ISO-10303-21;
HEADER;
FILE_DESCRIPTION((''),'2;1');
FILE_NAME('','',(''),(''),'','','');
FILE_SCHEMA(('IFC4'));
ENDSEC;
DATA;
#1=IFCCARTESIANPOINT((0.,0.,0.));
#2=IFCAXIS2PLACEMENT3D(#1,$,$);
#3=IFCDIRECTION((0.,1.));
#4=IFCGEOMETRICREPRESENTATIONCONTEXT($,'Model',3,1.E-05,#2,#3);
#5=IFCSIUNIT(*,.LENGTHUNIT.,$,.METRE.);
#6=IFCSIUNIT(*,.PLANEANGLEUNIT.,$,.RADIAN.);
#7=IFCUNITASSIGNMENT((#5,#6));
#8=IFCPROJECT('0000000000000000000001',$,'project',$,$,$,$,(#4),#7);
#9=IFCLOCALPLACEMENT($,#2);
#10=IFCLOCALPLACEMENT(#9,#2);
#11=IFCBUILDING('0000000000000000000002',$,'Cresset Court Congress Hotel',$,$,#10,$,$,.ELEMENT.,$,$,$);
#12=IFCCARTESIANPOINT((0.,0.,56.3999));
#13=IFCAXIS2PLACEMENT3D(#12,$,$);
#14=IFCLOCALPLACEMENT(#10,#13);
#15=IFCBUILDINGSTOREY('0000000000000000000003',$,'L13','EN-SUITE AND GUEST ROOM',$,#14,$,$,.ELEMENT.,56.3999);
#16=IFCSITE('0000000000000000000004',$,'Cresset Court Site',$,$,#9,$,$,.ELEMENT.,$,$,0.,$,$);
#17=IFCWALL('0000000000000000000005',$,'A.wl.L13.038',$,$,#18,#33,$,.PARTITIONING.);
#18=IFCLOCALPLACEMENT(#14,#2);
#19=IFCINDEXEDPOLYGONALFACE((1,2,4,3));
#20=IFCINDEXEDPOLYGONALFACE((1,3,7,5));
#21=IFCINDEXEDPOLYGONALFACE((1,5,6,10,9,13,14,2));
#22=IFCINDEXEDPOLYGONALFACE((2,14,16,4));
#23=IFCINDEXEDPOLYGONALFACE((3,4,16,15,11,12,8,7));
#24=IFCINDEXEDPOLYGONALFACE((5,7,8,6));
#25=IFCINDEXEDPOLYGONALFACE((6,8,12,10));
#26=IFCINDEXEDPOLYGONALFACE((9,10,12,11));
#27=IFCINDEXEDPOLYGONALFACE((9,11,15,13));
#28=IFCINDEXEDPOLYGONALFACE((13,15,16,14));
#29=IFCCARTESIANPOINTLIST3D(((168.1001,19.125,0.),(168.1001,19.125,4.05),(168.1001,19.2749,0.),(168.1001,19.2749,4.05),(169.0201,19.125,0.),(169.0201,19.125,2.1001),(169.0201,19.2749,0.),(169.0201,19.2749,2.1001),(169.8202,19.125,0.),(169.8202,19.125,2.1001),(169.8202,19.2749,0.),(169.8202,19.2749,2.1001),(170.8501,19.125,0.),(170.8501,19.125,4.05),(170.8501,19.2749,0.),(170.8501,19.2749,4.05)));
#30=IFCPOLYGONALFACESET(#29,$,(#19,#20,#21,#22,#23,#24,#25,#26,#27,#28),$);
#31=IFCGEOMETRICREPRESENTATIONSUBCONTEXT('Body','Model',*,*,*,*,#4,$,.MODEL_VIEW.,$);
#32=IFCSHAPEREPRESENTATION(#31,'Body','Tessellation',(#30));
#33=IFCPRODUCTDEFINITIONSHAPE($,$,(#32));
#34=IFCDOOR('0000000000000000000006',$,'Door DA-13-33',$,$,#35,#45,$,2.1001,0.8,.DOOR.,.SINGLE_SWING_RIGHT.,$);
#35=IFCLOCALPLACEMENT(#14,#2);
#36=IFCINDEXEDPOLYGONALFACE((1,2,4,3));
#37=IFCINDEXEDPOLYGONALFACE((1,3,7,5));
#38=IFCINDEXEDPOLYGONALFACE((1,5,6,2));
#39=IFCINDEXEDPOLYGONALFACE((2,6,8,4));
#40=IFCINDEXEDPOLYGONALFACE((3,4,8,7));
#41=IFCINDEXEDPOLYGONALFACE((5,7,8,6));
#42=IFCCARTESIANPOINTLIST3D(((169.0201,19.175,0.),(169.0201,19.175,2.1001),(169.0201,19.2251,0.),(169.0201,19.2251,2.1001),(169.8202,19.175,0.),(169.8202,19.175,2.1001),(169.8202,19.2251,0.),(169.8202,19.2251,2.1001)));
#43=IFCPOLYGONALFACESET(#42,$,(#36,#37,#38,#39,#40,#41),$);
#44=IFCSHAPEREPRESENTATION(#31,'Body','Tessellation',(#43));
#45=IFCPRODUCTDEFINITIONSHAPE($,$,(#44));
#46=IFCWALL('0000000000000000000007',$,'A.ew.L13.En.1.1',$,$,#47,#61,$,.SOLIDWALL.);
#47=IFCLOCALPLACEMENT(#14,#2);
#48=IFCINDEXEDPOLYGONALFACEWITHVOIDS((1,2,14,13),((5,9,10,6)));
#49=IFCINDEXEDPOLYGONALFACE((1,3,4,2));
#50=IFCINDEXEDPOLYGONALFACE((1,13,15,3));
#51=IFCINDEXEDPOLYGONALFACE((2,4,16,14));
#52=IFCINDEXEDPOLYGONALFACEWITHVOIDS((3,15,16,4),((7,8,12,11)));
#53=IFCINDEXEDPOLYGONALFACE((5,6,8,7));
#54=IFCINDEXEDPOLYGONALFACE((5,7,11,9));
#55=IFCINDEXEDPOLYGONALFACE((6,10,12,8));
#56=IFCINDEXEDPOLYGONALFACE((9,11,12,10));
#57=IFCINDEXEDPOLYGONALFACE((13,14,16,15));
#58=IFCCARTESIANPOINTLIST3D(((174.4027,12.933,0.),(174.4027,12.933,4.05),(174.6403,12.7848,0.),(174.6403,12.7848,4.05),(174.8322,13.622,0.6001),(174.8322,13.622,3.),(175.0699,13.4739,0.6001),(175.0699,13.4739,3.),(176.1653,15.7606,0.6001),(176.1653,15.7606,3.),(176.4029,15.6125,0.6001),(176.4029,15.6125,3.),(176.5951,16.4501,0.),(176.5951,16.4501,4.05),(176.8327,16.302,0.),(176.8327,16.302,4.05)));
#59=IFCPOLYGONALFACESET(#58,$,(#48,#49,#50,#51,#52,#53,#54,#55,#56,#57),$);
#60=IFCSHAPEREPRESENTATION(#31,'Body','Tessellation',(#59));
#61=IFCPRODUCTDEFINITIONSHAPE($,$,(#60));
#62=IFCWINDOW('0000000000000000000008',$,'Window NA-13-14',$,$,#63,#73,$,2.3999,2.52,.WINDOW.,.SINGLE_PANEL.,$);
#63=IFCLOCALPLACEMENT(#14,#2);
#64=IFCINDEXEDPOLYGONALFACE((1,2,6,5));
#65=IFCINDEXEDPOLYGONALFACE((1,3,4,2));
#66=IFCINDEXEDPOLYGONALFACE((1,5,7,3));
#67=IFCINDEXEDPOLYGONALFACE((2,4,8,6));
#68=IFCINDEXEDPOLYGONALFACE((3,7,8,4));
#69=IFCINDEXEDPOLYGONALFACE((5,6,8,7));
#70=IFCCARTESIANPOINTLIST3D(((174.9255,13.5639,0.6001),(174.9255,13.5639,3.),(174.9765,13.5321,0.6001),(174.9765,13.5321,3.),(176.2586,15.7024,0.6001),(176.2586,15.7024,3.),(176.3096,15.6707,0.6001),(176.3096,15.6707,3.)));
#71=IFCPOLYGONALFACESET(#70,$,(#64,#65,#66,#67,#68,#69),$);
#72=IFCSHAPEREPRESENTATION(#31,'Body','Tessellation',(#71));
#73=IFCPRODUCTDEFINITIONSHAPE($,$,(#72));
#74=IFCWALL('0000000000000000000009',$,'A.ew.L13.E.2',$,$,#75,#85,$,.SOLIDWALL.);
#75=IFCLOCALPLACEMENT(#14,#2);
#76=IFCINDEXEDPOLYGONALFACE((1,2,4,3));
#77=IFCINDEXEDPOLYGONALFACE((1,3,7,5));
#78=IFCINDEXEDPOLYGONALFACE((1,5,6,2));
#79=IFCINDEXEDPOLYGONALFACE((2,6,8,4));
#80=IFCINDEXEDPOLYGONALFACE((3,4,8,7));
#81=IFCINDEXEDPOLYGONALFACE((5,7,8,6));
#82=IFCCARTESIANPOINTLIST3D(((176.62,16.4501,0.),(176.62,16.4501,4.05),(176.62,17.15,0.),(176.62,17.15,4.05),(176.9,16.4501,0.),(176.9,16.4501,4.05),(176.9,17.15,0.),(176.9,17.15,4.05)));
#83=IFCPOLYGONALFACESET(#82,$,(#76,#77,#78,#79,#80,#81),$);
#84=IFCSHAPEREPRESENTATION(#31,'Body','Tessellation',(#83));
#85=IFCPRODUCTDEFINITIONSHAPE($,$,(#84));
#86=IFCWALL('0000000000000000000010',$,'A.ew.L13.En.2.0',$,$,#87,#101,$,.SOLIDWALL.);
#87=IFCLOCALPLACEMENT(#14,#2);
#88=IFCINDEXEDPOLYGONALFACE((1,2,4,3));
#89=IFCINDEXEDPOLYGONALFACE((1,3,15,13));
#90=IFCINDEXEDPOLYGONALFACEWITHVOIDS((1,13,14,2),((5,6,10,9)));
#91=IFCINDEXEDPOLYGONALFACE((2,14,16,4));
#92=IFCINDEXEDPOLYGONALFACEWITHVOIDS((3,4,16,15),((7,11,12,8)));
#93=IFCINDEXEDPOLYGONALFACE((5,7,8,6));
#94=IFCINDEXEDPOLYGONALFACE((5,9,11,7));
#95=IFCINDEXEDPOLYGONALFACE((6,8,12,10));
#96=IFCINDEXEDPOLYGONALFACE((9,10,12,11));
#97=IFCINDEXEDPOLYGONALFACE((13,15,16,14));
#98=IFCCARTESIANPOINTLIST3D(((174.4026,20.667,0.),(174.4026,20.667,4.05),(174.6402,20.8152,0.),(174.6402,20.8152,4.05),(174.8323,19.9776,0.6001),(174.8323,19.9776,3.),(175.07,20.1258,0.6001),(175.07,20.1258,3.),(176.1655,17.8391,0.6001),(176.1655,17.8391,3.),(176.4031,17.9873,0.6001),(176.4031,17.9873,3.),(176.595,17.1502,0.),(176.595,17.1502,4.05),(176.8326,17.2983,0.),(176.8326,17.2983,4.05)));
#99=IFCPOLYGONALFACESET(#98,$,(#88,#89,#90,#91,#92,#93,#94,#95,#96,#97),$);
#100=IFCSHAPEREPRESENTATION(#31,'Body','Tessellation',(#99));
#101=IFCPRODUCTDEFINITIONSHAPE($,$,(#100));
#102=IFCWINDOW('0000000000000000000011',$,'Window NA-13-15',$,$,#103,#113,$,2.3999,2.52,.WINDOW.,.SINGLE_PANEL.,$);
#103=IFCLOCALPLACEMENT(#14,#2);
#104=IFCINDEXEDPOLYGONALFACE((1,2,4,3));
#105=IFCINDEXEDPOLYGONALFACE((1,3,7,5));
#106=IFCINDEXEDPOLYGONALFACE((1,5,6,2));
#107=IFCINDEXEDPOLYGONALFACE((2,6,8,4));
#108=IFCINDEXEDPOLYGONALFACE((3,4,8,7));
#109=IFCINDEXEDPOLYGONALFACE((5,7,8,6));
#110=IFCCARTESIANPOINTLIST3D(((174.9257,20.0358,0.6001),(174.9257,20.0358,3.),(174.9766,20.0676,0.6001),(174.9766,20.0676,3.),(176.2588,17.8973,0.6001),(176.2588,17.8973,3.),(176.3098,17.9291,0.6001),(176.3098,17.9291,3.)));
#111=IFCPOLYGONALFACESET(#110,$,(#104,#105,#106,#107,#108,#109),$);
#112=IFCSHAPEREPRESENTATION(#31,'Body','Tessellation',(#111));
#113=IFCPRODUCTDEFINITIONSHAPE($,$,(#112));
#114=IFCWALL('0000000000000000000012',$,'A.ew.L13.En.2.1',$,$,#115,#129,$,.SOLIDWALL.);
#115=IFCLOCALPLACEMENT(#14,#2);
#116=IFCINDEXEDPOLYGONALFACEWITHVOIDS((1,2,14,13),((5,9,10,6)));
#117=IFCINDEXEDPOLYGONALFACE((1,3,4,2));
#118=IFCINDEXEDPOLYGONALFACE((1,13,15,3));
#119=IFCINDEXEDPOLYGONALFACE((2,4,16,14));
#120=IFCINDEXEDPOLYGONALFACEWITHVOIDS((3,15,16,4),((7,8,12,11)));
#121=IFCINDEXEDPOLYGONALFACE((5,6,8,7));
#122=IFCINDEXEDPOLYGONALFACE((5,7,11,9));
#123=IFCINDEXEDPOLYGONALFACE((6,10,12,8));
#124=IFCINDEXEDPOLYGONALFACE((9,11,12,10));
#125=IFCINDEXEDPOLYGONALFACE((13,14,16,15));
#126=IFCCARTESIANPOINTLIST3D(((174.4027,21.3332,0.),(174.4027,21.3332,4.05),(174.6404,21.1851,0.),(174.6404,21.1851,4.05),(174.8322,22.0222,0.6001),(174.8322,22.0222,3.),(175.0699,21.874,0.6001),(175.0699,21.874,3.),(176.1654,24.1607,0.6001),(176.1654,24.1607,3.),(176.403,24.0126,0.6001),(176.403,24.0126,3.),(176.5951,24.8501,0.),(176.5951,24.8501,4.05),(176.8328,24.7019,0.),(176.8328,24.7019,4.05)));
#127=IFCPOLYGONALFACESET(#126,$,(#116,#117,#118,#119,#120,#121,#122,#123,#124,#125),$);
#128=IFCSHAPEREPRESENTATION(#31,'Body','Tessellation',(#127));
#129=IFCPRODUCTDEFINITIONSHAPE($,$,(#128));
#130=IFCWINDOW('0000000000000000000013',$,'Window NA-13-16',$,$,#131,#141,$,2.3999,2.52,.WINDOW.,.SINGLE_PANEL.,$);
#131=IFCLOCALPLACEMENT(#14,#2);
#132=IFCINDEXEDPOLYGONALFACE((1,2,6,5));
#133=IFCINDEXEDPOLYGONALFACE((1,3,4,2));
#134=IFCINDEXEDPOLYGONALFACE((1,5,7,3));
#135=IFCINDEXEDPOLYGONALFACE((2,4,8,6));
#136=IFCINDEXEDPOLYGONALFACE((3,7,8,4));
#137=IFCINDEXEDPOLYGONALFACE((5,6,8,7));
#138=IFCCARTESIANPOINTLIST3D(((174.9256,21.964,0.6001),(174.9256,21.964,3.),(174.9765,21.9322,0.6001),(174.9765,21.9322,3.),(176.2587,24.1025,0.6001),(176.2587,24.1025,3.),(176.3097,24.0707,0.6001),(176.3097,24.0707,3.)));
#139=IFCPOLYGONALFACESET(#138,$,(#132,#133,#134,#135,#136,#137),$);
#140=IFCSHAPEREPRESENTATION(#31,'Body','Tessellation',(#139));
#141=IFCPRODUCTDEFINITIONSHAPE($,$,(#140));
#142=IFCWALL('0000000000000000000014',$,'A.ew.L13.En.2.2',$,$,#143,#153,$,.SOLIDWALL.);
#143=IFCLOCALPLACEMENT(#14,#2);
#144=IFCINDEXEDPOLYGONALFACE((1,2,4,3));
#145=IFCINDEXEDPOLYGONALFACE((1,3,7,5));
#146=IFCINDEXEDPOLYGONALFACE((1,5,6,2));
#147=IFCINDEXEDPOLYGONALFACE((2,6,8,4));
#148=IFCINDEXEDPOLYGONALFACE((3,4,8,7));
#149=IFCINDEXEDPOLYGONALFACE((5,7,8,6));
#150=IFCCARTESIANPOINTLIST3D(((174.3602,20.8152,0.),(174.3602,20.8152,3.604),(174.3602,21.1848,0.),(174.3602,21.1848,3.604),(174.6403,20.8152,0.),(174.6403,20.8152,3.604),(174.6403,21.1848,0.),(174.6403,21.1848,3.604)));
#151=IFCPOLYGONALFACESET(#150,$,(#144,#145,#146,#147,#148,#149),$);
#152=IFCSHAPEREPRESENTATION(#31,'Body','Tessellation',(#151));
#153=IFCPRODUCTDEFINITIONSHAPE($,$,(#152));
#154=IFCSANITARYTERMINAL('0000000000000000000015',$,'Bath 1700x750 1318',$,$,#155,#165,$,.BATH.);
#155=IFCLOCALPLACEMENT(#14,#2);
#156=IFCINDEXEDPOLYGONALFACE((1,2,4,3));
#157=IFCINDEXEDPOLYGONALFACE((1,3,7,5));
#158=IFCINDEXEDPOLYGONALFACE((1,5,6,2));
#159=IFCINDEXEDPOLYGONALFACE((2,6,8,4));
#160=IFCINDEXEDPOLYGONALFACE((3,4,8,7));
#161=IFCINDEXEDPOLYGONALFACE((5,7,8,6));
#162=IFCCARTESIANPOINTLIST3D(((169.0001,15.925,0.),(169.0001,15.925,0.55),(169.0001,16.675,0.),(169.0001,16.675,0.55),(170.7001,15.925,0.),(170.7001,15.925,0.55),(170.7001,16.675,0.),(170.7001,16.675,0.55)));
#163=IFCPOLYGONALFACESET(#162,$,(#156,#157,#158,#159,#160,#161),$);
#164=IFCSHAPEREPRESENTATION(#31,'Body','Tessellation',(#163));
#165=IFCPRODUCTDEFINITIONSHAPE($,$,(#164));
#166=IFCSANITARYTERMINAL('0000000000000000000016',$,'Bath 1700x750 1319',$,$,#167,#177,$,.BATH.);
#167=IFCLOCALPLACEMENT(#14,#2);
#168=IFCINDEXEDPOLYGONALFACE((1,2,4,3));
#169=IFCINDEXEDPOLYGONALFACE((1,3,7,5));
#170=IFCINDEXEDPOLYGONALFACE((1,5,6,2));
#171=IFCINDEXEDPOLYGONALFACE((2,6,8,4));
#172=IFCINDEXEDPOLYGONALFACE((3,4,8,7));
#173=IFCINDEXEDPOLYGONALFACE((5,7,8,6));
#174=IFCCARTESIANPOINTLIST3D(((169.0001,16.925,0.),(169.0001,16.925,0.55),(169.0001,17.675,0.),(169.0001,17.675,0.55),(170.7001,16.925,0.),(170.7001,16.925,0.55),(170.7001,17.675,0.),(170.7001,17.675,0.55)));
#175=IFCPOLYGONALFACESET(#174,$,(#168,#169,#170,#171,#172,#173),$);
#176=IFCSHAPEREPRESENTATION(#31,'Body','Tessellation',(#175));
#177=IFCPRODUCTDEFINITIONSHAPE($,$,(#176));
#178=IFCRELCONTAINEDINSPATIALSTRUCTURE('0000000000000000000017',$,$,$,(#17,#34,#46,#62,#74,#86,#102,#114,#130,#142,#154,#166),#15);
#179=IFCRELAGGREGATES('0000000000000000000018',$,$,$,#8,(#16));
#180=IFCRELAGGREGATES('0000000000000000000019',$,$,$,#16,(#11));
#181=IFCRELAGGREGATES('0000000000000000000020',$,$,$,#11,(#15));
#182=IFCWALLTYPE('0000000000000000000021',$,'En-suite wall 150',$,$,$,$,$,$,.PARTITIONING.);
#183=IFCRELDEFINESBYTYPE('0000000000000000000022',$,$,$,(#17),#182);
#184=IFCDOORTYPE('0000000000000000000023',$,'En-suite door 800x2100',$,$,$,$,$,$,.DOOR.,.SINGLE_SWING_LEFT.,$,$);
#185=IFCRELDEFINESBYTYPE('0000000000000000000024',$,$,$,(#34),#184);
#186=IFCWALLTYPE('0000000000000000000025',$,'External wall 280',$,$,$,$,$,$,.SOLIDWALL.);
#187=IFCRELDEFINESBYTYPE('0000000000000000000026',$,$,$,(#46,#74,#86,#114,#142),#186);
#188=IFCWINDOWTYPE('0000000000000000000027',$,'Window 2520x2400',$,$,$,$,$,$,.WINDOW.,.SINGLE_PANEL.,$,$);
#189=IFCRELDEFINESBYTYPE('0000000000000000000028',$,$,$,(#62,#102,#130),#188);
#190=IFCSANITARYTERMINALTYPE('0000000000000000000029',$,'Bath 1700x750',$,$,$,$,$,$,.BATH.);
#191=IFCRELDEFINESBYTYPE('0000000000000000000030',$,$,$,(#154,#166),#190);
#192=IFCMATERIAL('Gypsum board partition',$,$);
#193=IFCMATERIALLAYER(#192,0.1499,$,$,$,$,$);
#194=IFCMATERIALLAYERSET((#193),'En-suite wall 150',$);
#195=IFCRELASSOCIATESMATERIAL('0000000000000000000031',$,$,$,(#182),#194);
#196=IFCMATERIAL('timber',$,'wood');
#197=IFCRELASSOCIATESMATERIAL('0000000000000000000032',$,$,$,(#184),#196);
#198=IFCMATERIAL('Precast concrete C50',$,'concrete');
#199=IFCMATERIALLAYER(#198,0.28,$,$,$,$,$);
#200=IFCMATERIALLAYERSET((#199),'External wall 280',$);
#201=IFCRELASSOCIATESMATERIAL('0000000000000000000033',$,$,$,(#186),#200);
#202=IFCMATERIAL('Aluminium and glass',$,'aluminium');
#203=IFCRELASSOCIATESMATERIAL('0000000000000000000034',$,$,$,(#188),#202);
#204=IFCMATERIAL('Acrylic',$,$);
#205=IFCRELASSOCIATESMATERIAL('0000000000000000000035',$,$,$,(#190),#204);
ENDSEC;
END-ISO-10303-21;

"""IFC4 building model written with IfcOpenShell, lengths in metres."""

from ifc_helpers import new_model, si_unit, direction, frame, frame_2d, origin, origin_2d, place, context, subcontext, project, spatial, rectangle, extrude, material, layer, layer_set, type_object, element, fill, save


model = new_model("IFC4")

# Units and contexts
model_context = context("Model", 3, precision=1e-05, world=origin(), true_north=direction((0.0, 1.0)))
body_context = subcontext(model_context, "Body", "Model", "MODEL_VIEW")
ifc_project = project(units=[si_unit("LENGTHUNIT", "METRE"), si_unit("PLANEANGLEUNIT", "RADIAN")], contexts=[model_context])

# Site, building, storey
site_placement = place(None, origin())
site = spatial("IfcSite", under=ifc_project, at=site_placement, Name="Cresset Court Site", CompositionType="ELEMENT", RefElevation=0.0)
building_placement = place(site_placement, origin())
building = spatial("IfcBuilding", under=site, at=building_placement, Name="Cresset Court Congress Hotel", CompositionType="ELEMENT")
storey_placement = place(building_placement, frame((0.0, 0.0, 56.3999)))
storey = spatial("IfcBuildingStorey", under=building, at=storey_placement, Name="L13", Description="EN-SUITE AND GUEST ROOM", CompositionType="ELEMENT", Elevation=56.3999)

# Shared definitions
ifc_material_1 = material(Name="Gypsum board partition")
ifc_layer_1 = layer(ifc_material_1, 0.1499)
ifc_layer_set_1 = layer_set([ifc_layer_1], Name="En-suite wall 150")
wall_type_1 = type_object("IfcWallType", Name="En-suite wall 150", PredefinedType="PARTITIONING", material=ifc_layer_set_1)

# Shared definitions
ifc_material_2 = material(Name="timber", Category="wood")
door_type = type_object("IfcDoorType", Name="En-suite door 800x2100", OperationType="SINGLE_SWING_LEFT", PredefinedType="DOOR", material=ifc_material_2)

# Wall, opening, door
wall_1_placement = place(storey_placement, frame((170.8501, 19.2, 0.0), z_axis=(0.0, 0.0, 1.0), x_axis=(-1.0, 0.0, 0.0)))
wall_1 = element("IfcWall", 1, at=wall_1_placement, inside=storey, type_object=wall_type_1, Name="A.wl.L13.038", PredefinedType="PARTITIONING", context=body_context, shape_type="SweptSolid", body=[
    extrude(rectangle(XDim=2.75, YDim=0.1499, at=frame_2d((1.375, 0.0))), origin(), (0.0, 0.0, 1.0), 4.05),
])
opening_1_placement = place(wall_1_placement, frame((1.03, 0.0, 0.0)))
opening_1 = element("IfcOpeningElement", 2, at=opening_1_placement, cuts=wall_1, PredefinedType="OPENING", context=body_context, shape_type="SweptSolid", body=[
    extrude(rectangle(XDim=0.8, YDim=2.1001, at=frame_2d((0.3999, 1.05))), frame((0.0, 0.085, 0.0), z_axis=(0.0, -1.0, 0.0), x_axis=(1.0, 0.0, 0.0)), (0.0, 0.0, 1.0), 0.1699),
])
door_1_placement = place(opening_1_placement, origin())
door_1 = element("IfcDoor", 3, at=door_1_placement, inside=storey, type_object=door_type, Name="Door DA-13-33", OperationType="SINGLE_SWING_RIGHT", OverallHeight=2.1001, OverallWidth=0.8, PredefinedType="DOOR", context=body_context, shape_type="SweptSolid", body=[
    extrude(rectangle(XDim=0.8, YDim=2.1001, at=frame_2d((0.3999, 1.05))), frame((0.0, 0.0249, 0.0), z_axis=(0.0, -1.0, 0.0), x_axis=(1.0, 0.0, 0.0)), (0.0, 0.0, 1.0), 0.05),
])
fill(opening_1, door_1)

# Wall, opening, window
ifc_material_3 = material(Name="Precast concrete C50", Category="concrete")
ifc_layer_2 = layer(ifc_material_3, 0.28)
ifc_layer_set_2 = layer_set([ifc_layer_2], Name="External wall 280")
wall_type_2 = type_object("IfcWallType", Name="External wall 280", PredefinedType="SOLIDWALL", material=ifc_layer_set_2)
wall_2_placement = place(storey_placement, frame((174.5215, 12.8589, 0.0), z_axis=(0.0, 0.0, 1.0), x_axis=(0.528993, 0.848626, 0.0)))
wall_2 = element("IfcWall", 4, at=wall_2_placement, inside=storey, type_object=wall_type_2, Name="A.ew.L13.En.1.1", PredefinedType="SOLIDWALL", context=body_context, shape_type="SweptSolid", body=[
    extrude(rectangle(XDim=4.1445, YDim=0.28, at=frame_2d((2.0723, 0.0))), origin(), (0.0, 0.0, 1.0), 4.05),
])
opening_2_placement = place(wall_2_placement, frame((0.812, 0.0, 0.6001)))
opening_2 = element("IfcOpeningElement", 5, at=opening_2_placement, cuts=wall_2, PredefinedType="OPENING", context=body_context, shape_type="SweptSolid", body=[
    extrude(rectangle(XDim=2.52, YDim=2.3999, at=frame_2d((1.26, 1.2))), frame((0.0, 0.1499, 0.0), z_axis=(0.0, -1.0, 0.0), x_axis=(1.0, 0.0, 0.0)), (0.0, 0.0, 1.0), 0.3),
])
ifc_material_4 = material(Name="Aluminium and glass", Category="aluminium")
window_type = type_object("IfcWindowType", Name="Window 2520x2400", PartitioningType="SINGLE_PANEL", PredefinedType="WINDOW", material=ifc_material_4)
window_1_placement = place(opening_2_placement, origin())
window_1 = element("IfcWindow", 6, at=window_1_placement, inside=storey, type_object=window_type, Name="Window NA-13-14", OverallHeight=2.3999, OverallWidth=2.52, PartitioningType="SINGLE_PANEL", PredefinedType="WINDOW", context=body_context, shape_type="SweptSolid", body=[
    extrude(rectangle(XDim=2.52, YDim=2.3999, at=frame_2d((1.26, 1.2))), frame((0.0, 0.03, 0.0), z_axis=(0.0, -1.0, 0.0), x_axis=(1.0, 0.0, 0.0)), (0.0, 0.0, 1.0), 0.0601),
])
fill(opening_2, window_1)

# Wall
wall_3_placement = place(storey_placement, frame((176.76, 16.45, 0.0), z_axis=(0.0, 0.0, 1.0), x_axis=(0.0, 1.0, 0.0)))
element("IfcWall", 7, at=wall_3_placement, inside=storey, type_object=wall_type_2, Name="A.ew.L13.E.2", PredefinedType="SOLIDWALL", context=body_context, shape_type="SweptSolid", body=[
    extrude(rectangle(XDim=0.7, YDim=0.28, at=frame_2d((0.3501, 0.0))), origin(), (0.0, 0.0, 1.0), 4.05),
])

# Walls, openings, windows
wall_4_placement = place(storey_placement, frame((176.7139, 17.2241, 0.0), z_axis=(0.0, 0.0, 1.0), x_axis=(-0.529019, 0.84861, 0.0)))
wall_4 = element("IfcWall", 8, at=wall_4_placement, inside=storey, type_object=wall_type_2, Name="A.ew.L13.En.2.0", PredefinedType="SOLIDWALL", context=body_context, shape_type="SweptSolid", body=[
    extrude(rectangle(XDim=4.1443, YDim=0.28, at=frame_2d((2.0723, 0.0))), origin(), (0.0, 0.0, 1.0), 4.05),
])
opening_3_placement = place(wall_4_placement, frame((0.812, 0.0, 0.6001)))
opening_3 = element("IfcOpeningElement", 9, at=opening_3_placement, cuts=wall_4, PredefinedType="OPENING", context=body_context, shape_type="SweptSolid", body=[
    extrude(rectangle(XDim=2.52, YDim=2.3999, at=frame_2d((1.26, 1.2))), frame((0.0, 0.1499, 0.0), z_axis=(0.0, -1.0, 0.0), x_axis=(1.0, 0.0, 0.0)), (0.0, 0.0, 1.0), 0.3),
])
window_2_placement = place(opening_3_placement, origin())
window_2 = element("IfcWindow", 10, at=window_2_placement, inside=storey, type_object=window_type, Name="Window NA-13-15", OverallHeight=2.3999, OverallWidth=2.52, PartitioningType="SINGLE_PANEL", PredefinedType="WINDOW", context=body_context, shape_type="SweptSolid", body=[
    extrude(rectangle(XDim=2.52, YDim=2.3999, at=frame_2d((1.26, 1.2))), frame((0.0, 0.03, 0.0), z_axis=(0.0, -1.0, 0.0), x_axis=(1.0, 0.0, 0.0)), (0.0, 0.0, 1.0), 0.0601),
])
fill(opening_3, window_2)
wall_5_placement = place(storey_placement, frame((174.5215, 21.259, 0.0), z_axis=(0.0, 0.0, 1.0), x_axis=(0.529019, 0.84861, 0.0)))
wall_5 = element("IfcWall", 11, at=wall_5_placement, inside=storey, type_object=wall_type_2, Name="A.ew.L13.En.2.1", PredefinedType="SOLIDWALL", context=body_context, shape_type="SweptSolid", body=[
    extrude(rectangle(XDim=4.1443, YDim=0.28, at=frame_2d((2.0723, 0.0))), origin(), (0.0, 0.0, 1.0), 4.05),
])
opening_4_placement = place(wall_5_placement, frame((0.812, 0.0, 0.6001)))
opening_4 = element("IfcOpeningElement", 12, at=opening_4_placement, cuts=wall_5, PredefinedType="OPENING", context=body_context, shape_type="SweptSolid", body=[
    extrude(rectangle(XDim=2.52, YDim=2.3999, at=frame_2d((1.26, 1.2))), frame((0.0, 0.1499, 0.0), z_axis=(0.0, -1.0, 0.0), x_axis=(1.0, 0.0, 0.0)), (0.0, 0.0, 1.0), 0.3),
])
window_3_placement = place(opening_4_placement, origin())
window_3 = element("IfcWindow", 13, at=window_3_placement, inside=storey, type_object=window_type, Name="Window NA-13-16", OverallHeight=2.3999, OverallWidth=2.52, PartitioningType="SINGLE_PANEL", PredefinedType="WINDOW", context=body_context, shape_type="SweptSolid", body=[
    extrude(rectangle(XDim=2.52, YDim=2.3999, at=frame_2d((1.26, 1.2))), frame((0.0, 0.03, 0.0), z_axis=(0.0, -1.0, 0.0), x_axis=(1.0, 0.0, 0.0)), (0.0, 0.0, 1.0), 0.0601),
])
fill(opening_4, window_3)

# Wall
wall_6_placement = place(storey_placement, frame((174.5002, 20.8152, 0.0), z_axis=(0.0, 0.0, 1.0), x_axis=(0.0, 1.0, 0.0)))
element("IfcWall", 14, at=wall_6_placement, inside=storey, type_object=wall_type_2, Name="A.ew.L13.En.2.2", PredefinedType="SOLIDWALL", context=body_context, shape_type="SweptSolid", body=[
    extrude(rectangle(XDim=0.3696, YDim=0.28, at=frame_2d((0.1848, 0.0))), origin(), (0.0, 0.0, 1.0), 3.604),
])

# Sanitary terminals
ifc_material_5 = material(Name="Acrylic")
sanitary_terminal_type_1 = type_object("IfcSanitaryTerminalType", Name="Bath 1700x750", PredefinedType="BATH", material=ifc_material_5)
for number, where, z_axis, x_axis, name in (
    (15, (169.8501, 16.3, 0.0), (0.0, 0.0, 1.0), (1.0, 0.0, 0.0), "Bath 1700x750 1318"),
    (16, (169.8501, 17.3, 0.0), (0.0, 0.0, 1.0), (1.0, 0.0, 0.0), "Bath 1700x750 1319"),
):
    element("IfcSanitaryTerminal", number, at=place(storey_placement, frame(where, z_axis=z_axis, x_axis=x_axis)), inside=storey, type_object=sanitary_terminal_type_1, Name=name, PredefinedType="BATH", context=body_context, shape_type="SweptSolid", body=[
        extrude(rectangle(XDim=1.7, YDim=0.75, at=origin_2d()), origin(), (0.0, 0.0, 1.0), 0.55),
    ])

save(model, "model.ifc")
